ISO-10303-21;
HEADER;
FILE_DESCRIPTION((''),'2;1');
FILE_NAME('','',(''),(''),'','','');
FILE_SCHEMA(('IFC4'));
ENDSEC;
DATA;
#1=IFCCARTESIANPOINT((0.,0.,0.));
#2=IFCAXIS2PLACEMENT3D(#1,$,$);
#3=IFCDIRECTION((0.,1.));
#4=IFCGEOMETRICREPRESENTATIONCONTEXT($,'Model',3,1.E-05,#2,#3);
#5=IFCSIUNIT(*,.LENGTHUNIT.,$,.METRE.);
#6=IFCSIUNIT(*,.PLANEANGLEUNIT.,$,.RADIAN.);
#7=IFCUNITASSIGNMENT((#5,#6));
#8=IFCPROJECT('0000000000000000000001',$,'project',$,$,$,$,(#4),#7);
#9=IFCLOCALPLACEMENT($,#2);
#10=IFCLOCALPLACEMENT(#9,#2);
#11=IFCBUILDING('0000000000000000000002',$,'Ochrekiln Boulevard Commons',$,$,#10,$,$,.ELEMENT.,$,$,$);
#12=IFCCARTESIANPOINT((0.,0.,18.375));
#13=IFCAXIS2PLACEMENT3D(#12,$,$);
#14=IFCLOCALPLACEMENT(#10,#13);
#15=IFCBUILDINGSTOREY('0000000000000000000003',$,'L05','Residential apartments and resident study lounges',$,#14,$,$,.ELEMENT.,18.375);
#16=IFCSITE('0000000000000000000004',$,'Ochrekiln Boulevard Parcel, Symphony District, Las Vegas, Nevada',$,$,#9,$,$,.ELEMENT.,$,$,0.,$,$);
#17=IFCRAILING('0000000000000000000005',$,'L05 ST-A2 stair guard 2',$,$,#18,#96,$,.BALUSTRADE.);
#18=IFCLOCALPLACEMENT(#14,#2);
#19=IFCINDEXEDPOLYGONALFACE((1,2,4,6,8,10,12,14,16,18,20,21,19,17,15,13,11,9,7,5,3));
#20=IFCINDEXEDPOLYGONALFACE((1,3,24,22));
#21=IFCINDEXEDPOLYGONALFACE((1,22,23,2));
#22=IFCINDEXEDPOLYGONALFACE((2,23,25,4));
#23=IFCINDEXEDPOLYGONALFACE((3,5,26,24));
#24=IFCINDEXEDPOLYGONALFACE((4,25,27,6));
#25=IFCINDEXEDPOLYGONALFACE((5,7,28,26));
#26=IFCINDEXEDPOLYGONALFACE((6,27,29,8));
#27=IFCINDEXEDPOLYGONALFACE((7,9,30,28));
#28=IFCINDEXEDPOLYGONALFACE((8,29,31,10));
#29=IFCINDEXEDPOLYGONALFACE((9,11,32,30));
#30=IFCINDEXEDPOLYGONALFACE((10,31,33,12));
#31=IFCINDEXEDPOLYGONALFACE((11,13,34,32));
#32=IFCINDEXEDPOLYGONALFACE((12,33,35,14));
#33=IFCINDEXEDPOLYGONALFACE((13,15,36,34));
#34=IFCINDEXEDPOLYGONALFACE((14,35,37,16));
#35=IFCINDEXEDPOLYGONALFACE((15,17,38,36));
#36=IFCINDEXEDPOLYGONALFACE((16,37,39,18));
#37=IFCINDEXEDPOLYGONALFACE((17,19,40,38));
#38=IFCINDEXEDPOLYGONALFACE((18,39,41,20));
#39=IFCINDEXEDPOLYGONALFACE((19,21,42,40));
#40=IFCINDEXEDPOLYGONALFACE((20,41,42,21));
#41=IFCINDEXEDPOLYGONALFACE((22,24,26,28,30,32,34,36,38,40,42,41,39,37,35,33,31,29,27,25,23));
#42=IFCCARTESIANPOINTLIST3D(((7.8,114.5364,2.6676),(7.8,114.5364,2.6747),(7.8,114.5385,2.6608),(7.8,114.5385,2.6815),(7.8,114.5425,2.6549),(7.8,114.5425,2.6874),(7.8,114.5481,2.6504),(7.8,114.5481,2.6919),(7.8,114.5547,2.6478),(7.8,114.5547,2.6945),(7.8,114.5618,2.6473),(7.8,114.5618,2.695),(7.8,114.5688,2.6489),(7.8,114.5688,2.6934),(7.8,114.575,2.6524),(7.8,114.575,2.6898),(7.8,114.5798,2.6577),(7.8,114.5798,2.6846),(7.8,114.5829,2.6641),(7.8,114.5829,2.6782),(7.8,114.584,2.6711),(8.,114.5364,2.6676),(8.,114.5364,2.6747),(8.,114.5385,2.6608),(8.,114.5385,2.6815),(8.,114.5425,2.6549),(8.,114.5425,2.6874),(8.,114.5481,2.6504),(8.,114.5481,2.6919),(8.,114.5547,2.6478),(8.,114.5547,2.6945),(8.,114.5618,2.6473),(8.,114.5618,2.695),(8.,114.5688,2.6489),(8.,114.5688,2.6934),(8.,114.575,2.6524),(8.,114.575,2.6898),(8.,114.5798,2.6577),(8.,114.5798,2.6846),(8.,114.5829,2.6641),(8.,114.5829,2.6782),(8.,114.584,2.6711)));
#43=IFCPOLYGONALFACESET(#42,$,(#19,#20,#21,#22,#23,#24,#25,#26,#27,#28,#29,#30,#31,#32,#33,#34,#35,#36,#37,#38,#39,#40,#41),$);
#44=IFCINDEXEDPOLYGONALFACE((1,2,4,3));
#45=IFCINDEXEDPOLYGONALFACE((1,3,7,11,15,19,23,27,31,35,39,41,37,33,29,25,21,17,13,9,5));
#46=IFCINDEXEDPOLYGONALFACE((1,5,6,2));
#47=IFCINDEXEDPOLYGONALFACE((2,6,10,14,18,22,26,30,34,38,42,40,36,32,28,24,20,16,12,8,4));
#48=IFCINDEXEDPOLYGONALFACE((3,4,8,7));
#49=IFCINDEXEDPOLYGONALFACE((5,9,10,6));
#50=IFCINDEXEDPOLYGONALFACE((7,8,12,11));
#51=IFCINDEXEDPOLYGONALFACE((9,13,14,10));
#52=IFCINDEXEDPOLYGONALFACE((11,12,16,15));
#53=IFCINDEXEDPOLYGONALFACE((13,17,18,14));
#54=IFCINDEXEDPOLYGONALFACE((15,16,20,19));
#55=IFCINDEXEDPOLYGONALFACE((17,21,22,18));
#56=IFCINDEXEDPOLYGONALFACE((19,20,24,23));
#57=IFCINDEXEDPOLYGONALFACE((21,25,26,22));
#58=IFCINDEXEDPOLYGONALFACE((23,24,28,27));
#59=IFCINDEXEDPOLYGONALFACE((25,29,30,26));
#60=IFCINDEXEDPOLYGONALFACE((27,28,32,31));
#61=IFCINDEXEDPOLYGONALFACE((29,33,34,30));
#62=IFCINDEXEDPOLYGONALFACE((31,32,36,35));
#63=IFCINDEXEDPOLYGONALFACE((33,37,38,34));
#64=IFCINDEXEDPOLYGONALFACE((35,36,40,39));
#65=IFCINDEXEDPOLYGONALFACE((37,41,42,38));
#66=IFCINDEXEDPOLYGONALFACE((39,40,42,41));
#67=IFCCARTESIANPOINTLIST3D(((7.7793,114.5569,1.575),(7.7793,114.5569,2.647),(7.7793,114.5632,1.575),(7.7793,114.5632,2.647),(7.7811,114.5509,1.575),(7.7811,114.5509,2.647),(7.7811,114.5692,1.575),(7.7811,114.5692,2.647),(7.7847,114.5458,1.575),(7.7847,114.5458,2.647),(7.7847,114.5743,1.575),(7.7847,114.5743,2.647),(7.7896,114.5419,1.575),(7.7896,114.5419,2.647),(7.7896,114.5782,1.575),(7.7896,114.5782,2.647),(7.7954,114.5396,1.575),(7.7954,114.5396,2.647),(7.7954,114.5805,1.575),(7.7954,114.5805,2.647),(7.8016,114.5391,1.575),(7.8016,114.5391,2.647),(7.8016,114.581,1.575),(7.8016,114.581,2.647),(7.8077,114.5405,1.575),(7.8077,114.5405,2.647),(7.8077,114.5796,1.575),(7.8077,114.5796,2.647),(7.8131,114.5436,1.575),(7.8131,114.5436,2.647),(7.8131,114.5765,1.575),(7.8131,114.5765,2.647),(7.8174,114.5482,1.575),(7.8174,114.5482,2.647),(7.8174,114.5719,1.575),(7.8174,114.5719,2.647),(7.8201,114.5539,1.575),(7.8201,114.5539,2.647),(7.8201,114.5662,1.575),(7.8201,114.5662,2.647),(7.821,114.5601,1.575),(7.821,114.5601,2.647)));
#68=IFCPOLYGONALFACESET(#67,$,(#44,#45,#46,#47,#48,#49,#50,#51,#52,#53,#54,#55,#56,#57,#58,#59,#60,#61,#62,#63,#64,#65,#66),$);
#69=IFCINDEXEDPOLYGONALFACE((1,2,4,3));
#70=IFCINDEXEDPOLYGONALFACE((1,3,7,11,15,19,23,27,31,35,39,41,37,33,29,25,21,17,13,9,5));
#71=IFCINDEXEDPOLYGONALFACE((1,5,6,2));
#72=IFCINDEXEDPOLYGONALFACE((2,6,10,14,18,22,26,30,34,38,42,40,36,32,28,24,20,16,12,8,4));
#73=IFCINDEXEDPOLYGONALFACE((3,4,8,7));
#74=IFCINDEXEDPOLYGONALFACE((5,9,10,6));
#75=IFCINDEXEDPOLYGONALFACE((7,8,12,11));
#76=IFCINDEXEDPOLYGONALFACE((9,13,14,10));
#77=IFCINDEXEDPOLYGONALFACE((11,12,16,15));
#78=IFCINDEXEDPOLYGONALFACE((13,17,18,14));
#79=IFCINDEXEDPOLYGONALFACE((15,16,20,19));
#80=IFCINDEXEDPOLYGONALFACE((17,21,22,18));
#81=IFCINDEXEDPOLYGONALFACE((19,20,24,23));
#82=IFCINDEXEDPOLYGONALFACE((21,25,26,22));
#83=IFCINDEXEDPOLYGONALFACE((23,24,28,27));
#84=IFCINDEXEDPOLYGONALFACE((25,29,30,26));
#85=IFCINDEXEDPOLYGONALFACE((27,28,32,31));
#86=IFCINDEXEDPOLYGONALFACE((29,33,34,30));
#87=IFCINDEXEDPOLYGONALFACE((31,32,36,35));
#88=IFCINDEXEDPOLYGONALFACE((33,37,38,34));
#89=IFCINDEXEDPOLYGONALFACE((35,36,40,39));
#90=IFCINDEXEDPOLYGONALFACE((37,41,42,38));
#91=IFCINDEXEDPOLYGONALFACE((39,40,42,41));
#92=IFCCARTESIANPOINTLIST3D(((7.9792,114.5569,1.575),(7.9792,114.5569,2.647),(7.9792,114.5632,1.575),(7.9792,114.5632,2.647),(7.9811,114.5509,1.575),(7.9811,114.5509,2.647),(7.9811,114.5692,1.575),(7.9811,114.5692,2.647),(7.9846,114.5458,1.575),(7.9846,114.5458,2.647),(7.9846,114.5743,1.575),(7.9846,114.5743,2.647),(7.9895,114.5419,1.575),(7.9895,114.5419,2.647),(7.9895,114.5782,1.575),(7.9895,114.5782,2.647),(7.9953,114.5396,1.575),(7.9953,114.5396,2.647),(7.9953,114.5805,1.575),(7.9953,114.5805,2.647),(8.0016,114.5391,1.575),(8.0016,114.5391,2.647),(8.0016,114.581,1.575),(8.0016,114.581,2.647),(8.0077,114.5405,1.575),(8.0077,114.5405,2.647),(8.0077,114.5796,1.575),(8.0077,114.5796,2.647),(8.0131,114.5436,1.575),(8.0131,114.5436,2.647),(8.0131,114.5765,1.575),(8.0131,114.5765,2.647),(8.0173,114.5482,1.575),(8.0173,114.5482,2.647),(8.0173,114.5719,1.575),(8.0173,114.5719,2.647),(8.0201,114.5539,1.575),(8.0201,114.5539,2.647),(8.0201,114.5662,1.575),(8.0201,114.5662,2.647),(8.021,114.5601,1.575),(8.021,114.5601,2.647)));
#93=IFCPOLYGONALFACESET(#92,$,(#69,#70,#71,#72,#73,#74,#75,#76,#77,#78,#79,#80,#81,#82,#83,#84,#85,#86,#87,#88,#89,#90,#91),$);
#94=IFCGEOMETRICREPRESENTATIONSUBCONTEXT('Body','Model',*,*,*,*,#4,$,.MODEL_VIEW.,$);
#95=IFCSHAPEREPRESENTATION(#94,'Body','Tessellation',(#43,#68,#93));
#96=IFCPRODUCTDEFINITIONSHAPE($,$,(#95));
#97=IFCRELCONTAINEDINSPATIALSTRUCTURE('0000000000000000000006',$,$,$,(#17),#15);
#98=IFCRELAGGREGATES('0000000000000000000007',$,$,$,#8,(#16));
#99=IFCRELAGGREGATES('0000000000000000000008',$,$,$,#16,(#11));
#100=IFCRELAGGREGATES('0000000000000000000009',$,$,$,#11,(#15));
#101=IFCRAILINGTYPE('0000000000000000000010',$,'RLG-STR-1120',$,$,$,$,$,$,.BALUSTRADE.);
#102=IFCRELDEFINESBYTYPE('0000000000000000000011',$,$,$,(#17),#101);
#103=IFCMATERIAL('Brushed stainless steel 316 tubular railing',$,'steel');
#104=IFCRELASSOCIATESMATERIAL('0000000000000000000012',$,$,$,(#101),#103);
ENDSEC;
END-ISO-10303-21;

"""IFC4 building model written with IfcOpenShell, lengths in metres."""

from ifc_helpers import new_model, si_unit, direction, frame, origin, origin_2d, place, context, subcontext, project, spatial, circle, extrude, material, type_object, element, save


model = new_model("IFC4")

# Units and contexts
model_context = context("Model", 3, precision=1e-05, world=origin(), true_north=direction((0.0, 1.0)))
body_context = subcontext(model_context, "Body", "Model", "MODEL_VIEW")
ifc_project = project(units=[si_unit("LENGTHUNIT", "METRE"), si_unit("PLANEANGLEUNIT", "RADIAN")], contexts=[model_context])

# Site, building, storey
site_placement = place(None, origin())
site = spatial("IfcSite", under=ifc_project, at=site_placement, Name="Ochrekiln Boulevard Parcel, Symphony District, Las Vegas, Nevada", CompositionType="ELEMENT", RefElevation=0.0)
building_placement = place(site_placement, origin())
building = spatial("IfcBuilding", under=site, at=building_placement, Name="Ochrekiln Boulevard Commons", CompositionType="ELEMENT")
storey_placement = place(building_placement, frame((0.0, 0.0, 18.375)))
storey = spatial("IfcBuildingStorey", under=building, at=storey_placement, Name="L05", Description="Residential apartments and resident study lounges", CompositionType="ELEMENT", Elevation=18.375)

# Railing
ifc_material_1 = material(Name="Brushed stainless steel 316 tubular railing", Category="steel")
railing_type_1 = type_object("IfcRailingType", Name="RLG-STR-1120", PredefinedType="BALUSTRADE", material=ifc_material_1)
railing_1_placement = place(storey_placement, frame((7.8, 114.5601, 1.575)))
element("IfcRailing", 1, at=railing_1_placement, inside=storey, type_object=railing_type_1, Name="L05 ST-A2 stair guard 2", PredefinedType="BALUSTRADE", context=body_context, shape_type="SweptSolid", body=[
    extrude(circle(Radius=0.0239, at=origin_2d()), frame((0.0, 0.0, 1.0962), z_axis=(1.0, 0.0, 0.0), x_axis=(0.0, 1.0, 0.0)), (0.0, 0.0, 1.0), 0.2),
    extrude(circle(Radius=0.021, at=origin_2d()), origin(), (0.0, 0.0, 1.0), 1.072),
    extrude(circle(Radius=0.021, at=origin_2d()), frame((0.2, 0.0, 0.0)), (0.0, 0.0, 1.0), 1.072),
])

save(model, "model.ifc")
